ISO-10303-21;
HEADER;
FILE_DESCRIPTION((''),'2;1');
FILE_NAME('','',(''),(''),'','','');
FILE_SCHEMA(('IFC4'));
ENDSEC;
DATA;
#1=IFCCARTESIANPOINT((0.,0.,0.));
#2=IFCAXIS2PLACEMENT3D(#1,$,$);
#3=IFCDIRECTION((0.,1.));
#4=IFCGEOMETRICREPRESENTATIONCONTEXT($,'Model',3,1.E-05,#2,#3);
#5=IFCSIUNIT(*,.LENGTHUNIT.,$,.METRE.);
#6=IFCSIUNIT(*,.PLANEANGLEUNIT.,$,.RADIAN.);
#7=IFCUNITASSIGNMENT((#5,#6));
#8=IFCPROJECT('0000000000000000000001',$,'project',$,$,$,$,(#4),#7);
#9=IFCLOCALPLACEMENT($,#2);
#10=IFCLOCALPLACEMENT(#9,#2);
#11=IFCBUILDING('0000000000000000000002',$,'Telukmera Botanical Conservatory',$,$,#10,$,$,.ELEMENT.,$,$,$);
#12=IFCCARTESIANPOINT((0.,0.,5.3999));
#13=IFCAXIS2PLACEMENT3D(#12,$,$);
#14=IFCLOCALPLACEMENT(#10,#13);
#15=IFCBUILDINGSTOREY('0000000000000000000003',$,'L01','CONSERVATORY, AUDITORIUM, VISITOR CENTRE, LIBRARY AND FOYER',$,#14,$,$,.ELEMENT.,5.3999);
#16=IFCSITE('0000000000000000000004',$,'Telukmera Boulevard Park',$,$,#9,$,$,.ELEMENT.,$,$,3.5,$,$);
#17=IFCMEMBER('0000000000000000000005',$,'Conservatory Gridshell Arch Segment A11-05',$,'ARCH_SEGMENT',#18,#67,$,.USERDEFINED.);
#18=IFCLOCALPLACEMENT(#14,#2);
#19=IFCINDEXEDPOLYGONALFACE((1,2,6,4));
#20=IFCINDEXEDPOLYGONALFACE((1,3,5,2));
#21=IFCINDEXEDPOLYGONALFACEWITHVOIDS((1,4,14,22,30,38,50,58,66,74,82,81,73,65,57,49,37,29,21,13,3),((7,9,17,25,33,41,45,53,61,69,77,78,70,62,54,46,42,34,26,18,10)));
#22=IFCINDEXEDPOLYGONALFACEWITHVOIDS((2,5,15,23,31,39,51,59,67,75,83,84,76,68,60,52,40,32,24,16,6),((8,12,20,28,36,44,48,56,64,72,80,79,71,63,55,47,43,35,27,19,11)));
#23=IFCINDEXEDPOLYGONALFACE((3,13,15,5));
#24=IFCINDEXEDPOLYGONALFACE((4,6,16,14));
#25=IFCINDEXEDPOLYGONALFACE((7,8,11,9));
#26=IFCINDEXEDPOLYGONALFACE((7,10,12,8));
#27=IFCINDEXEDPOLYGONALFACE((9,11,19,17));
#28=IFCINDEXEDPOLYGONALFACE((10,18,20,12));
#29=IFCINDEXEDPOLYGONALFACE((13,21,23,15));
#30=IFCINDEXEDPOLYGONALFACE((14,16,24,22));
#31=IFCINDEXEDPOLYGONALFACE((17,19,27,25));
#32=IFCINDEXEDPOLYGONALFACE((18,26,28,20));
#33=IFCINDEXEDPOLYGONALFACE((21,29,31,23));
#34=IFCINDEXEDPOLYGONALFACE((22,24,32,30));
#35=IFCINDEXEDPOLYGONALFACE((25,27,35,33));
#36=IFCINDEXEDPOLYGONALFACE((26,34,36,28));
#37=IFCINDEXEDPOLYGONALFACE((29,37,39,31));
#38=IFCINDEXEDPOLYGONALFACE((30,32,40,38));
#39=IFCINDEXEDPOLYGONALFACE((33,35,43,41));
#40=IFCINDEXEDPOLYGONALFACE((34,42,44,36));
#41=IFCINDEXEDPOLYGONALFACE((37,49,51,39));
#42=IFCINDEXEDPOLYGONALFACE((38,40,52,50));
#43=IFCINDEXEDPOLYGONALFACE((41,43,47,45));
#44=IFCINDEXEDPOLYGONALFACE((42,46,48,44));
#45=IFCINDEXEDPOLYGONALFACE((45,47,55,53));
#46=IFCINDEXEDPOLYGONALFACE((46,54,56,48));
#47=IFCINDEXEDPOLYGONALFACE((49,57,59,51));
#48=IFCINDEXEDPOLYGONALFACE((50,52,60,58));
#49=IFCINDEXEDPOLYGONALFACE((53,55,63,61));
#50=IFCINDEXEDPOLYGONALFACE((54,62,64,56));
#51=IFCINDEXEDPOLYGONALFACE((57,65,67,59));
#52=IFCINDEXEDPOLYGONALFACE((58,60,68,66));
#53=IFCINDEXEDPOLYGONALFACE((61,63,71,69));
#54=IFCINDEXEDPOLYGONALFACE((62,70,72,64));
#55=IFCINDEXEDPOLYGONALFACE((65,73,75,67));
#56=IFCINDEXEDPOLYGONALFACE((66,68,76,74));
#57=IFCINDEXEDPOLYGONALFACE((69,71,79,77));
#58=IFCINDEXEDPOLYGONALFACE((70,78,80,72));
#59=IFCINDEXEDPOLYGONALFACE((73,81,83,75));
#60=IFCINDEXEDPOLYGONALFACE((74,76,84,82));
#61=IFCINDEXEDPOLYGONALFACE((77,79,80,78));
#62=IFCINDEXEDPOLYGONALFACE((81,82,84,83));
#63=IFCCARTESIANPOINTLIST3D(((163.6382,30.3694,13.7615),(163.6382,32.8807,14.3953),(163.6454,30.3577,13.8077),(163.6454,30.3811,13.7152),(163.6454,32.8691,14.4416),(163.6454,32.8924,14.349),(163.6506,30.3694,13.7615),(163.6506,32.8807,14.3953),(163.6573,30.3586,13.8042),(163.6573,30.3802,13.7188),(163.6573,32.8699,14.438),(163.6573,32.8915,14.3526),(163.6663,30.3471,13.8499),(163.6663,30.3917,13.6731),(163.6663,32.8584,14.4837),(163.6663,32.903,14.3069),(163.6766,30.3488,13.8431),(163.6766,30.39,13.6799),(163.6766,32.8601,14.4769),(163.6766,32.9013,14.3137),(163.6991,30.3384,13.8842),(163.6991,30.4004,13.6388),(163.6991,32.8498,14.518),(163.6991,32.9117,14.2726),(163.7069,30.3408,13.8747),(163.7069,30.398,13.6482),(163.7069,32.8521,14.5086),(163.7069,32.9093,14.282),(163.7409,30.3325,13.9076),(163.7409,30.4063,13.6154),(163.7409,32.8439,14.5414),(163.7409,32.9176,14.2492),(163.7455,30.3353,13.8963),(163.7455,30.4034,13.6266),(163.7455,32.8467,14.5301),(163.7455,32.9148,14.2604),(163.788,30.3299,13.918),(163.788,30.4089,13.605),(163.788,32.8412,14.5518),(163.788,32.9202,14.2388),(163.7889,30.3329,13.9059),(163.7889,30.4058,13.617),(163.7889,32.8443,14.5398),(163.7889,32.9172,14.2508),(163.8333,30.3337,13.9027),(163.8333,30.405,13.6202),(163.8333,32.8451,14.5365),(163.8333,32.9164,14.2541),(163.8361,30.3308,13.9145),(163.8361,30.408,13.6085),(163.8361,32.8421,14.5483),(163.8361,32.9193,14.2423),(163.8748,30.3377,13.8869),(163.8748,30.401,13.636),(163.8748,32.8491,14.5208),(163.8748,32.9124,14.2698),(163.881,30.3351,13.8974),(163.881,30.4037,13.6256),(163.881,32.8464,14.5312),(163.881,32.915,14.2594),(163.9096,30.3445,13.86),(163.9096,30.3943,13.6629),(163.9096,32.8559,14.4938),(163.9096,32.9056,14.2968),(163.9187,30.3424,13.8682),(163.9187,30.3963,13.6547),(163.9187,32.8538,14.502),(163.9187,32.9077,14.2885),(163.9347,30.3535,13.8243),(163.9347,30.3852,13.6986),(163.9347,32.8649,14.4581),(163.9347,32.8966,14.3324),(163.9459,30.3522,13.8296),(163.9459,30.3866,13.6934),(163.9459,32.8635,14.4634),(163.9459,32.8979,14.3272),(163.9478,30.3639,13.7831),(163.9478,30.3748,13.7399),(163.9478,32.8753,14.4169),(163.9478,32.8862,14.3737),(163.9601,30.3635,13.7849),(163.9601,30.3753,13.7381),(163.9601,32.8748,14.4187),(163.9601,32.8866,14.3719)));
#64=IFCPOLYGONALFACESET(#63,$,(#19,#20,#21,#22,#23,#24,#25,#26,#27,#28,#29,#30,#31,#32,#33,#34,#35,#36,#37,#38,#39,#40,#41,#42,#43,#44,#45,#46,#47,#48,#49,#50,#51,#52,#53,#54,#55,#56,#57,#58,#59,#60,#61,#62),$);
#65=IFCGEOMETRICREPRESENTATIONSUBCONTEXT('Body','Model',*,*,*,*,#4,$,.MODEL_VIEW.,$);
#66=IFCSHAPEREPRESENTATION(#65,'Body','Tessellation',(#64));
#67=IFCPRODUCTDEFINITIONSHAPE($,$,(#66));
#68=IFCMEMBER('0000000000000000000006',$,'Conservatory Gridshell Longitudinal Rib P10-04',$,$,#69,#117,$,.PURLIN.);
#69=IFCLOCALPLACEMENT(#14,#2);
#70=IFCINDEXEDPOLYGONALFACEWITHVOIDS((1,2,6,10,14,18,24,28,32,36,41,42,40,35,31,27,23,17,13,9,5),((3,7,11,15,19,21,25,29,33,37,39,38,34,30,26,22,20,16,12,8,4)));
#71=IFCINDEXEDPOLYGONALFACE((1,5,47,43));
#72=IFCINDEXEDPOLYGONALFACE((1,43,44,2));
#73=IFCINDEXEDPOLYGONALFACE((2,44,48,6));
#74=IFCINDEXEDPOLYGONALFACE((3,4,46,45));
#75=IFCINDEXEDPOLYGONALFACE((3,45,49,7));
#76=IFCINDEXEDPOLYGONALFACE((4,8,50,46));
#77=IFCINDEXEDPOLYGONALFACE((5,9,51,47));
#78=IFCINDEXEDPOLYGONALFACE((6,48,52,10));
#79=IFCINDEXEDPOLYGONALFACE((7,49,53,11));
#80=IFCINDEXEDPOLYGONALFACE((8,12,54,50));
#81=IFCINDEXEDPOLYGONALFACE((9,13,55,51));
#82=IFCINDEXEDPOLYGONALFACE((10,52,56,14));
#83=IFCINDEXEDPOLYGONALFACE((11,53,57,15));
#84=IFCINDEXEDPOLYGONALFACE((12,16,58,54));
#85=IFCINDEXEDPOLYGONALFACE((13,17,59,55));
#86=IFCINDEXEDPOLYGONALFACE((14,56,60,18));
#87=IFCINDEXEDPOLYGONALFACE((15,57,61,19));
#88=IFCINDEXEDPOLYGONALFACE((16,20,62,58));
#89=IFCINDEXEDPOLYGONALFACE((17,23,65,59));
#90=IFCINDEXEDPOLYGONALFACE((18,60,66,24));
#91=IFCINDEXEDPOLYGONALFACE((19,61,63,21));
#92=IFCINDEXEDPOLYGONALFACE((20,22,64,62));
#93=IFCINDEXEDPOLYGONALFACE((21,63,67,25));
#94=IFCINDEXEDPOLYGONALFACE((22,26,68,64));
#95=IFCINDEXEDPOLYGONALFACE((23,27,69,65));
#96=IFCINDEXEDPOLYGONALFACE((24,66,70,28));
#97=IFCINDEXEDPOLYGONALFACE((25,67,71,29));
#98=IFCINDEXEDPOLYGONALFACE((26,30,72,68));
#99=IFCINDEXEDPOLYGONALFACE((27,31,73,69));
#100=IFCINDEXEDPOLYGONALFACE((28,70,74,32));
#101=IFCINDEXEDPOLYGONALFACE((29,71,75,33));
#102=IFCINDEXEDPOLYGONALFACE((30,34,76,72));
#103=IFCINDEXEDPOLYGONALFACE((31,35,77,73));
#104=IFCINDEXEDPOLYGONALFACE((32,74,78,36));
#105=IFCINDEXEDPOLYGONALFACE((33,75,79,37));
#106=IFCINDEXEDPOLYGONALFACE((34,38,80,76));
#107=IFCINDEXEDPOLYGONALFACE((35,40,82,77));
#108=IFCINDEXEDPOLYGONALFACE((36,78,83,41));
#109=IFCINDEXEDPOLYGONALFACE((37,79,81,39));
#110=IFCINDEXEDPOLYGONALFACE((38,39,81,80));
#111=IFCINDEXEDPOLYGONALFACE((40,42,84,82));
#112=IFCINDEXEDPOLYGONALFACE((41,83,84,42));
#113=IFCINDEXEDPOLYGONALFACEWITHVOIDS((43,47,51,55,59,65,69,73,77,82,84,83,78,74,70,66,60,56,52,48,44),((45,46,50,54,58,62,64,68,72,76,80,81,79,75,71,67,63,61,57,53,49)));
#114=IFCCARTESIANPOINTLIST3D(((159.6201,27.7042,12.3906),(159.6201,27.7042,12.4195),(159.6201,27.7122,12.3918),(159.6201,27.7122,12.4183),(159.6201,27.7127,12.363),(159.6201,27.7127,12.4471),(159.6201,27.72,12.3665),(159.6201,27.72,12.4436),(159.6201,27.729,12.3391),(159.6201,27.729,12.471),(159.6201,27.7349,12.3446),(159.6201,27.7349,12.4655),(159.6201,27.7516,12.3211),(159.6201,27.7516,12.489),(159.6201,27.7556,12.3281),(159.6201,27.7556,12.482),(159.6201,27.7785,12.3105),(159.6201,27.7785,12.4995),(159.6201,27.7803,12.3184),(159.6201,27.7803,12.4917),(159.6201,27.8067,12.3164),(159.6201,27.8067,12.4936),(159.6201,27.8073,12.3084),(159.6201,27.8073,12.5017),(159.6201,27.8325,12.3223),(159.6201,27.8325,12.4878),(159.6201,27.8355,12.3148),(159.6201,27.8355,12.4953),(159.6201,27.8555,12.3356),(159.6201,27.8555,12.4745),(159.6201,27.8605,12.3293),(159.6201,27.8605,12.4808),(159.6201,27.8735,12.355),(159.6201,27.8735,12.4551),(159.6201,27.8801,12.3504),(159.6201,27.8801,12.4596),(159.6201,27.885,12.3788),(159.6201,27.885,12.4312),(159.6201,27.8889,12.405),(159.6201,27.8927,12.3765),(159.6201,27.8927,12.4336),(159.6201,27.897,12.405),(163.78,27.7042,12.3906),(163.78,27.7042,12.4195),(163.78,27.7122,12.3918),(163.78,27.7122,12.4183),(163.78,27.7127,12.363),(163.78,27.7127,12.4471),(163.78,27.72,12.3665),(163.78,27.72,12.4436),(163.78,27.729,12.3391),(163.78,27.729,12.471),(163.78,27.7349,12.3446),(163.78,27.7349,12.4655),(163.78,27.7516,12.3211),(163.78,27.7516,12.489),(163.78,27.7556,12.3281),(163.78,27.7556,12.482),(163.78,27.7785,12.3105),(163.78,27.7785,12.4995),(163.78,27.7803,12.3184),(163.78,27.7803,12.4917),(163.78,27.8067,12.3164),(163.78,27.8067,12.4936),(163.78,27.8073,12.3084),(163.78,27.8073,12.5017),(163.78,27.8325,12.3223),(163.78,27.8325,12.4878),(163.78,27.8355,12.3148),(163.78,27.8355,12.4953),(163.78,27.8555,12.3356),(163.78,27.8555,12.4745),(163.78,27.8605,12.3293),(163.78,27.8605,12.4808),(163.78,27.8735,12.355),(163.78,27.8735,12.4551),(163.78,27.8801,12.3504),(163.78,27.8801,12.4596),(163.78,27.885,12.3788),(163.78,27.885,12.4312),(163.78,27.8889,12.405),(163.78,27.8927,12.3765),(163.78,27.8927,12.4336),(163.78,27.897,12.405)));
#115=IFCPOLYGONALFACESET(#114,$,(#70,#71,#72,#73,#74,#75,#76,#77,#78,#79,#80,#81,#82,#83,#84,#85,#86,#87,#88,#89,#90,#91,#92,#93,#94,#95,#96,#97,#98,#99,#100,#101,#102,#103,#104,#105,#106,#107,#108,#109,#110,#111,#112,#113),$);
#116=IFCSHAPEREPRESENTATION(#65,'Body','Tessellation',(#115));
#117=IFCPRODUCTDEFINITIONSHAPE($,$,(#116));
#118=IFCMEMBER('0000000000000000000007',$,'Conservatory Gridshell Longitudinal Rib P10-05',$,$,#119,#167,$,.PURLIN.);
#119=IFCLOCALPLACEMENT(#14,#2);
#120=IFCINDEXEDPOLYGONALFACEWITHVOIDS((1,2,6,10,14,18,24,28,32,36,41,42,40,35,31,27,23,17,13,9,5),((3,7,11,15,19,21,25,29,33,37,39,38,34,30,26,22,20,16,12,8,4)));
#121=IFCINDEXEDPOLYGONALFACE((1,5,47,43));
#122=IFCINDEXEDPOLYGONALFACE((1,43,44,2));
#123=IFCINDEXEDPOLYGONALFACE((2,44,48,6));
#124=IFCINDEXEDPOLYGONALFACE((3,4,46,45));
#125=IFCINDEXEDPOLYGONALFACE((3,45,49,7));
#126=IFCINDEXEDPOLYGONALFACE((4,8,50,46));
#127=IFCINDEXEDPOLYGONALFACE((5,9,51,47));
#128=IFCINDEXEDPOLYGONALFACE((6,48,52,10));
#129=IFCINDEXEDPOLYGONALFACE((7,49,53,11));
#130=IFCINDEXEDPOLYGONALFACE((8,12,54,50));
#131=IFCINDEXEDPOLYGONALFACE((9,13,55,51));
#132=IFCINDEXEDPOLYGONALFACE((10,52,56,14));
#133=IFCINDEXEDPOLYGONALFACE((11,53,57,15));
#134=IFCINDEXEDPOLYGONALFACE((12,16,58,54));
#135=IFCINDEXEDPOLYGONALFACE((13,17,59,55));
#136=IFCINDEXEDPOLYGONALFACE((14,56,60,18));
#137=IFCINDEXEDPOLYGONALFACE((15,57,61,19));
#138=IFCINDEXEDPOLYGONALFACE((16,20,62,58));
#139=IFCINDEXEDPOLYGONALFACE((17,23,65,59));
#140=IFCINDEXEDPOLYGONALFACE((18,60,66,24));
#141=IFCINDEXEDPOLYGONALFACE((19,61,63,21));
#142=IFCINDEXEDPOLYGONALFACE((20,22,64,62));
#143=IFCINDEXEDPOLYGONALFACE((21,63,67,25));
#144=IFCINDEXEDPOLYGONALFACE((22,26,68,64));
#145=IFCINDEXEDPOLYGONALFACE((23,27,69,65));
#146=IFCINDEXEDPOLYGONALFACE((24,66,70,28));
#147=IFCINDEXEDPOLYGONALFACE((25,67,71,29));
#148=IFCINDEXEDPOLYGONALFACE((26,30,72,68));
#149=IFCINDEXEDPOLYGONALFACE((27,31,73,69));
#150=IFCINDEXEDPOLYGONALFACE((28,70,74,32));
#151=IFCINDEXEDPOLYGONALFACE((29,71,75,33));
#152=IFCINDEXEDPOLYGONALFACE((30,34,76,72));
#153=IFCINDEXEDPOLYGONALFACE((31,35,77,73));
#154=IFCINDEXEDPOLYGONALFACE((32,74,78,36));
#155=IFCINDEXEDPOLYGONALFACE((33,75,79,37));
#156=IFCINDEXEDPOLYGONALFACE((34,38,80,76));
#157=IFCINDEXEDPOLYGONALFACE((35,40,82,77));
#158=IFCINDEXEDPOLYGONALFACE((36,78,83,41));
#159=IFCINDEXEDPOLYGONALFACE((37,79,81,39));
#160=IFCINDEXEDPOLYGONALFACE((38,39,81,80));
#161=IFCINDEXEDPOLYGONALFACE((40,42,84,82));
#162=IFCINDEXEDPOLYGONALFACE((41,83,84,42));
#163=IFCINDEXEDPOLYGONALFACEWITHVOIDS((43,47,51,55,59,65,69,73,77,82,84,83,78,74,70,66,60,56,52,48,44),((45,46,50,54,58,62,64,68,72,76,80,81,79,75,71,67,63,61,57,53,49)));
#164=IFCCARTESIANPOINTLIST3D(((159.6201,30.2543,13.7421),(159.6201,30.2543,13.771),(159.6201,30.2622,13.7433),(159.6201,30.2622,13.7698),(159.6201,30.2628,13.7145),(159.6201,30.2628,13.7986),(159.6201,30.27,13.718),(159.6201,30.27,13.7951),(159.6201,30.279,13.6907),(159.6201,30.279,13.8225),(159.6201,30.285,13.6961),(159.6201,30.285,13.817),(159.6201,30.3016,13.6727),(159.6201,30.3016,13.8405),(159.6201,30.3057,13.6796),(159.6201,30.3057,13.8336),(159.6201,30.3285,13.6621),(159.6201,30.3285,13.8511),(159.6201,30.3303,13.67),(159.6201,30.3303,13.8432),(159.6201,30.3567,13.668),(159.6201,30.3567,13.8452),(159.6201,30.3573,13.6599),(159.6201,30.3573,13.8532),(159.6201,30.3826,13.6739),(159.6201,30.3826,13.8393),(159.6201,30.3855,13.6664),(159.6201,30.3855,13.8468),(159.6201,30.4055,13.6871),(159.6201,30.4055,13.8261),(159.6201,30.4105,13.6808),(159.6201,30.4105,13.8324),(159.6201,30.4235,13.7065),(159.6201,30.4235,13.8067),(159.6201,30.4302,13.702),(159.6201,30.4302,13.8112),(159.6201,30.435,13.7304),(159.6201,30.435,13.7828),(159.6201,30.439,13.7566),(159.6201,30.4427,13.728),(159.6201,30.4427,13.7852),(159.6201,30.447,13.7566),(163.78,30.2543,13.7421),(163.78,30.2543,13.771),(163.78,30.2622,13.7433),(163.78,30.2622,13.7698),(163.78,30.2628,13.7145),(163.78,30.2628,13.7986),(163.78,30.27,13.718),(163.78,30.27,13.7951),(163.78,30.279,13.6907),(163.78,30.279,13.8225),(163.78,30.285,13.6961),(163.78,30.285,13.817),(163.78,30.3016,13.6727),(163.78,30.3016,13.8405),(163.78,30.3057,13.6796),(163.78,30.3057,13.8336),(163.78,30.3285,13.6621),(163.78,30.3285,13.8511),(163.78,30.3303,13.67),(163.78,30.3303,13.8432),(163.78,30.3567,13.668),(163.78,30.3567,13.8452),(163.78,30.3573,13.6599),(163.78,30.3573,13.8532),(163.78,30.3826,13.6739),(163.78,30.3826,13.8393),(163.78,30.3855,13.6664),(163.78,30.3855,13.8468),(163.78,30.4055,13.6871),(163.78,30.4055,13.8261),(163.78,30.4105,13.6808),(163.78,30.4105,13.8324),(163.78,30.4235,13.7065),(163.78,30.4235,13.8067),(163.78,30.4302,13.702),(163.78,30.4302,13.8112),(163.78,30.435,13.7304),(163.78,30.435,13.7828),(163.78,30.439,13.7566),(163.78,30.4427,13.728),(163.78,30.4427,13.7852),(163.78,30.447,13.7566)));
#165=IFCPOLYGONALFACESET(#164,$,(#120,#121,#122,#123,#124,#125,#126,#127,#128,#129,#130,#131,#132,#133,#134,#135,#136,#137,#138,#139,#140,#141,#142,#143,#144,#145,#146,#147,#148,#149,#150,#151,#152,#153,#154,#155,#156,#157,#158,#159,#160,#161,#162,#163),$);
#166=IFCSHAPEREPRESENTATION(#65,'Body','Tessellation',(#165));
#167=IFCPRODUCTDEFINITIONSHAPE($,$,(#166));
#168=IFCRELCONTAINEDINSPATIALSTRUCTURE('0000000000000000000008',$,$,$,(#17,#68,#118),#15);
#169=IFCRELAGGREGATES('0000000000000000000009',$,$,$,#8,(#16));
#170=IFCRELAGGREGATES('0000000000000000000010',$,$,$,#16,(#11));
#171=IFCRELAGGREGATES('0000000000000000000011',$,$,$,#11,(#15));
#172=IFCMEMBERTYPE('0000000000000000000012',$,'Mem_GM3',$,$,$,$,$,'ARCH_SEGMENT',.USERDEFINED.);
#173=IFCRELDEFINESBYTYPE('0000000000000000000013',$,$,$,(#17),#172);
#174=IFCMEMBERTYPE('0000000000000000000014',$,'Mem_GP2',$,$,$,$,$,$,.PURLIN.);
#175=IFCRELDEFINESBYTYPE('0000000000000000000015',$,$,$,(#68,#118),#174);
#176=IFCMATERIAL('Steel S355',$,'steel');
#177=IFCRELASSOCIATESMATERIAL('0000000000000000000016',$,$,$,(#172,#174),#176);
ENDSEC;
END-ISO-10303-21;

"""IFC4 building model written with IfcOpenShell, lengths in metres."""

from ifc_helpers import new_model, si_unit, direction, frame, origin, origin_2d, place, context, subcontext, project, spatial, hollow_circle, extrude, material, material_profile, profile_set, type_object, element, save


model = new_model("IFC4")

# Units and contexts
model_context = context("Model", 3, precision=1e-05, world=origin(), true_north=direction((0.0, 1.0)))
body_context = subcontext(model_context, "Body", "Model", "MODEL_VIEW")
ifc_project = project(units=[si_unit("LENGTHUNIT", "METRE"), si_unit("PLANEANGLEUNIT", "RADIAN")], contexts=[model_context])

# Site, building, storey
site_placement = place(None, origin())
site = spatial("IfcSite", under=ifc_project, at=site_placement, Name="Telukmera Boulevard Park", CompositionType="ELEMENT", RefElevation=3.5)
building_placement = place(site_placement, origin())
building = spatial("IfcBuilding", under=site, at=building_placement, Name="Telukmera Botanical Conservatory", CompositionType="ELEMENT")
storey_placement = place(building_placement, frame((0.0, 0.0, 5.3999)))
storey = spatial("IfcBuildingStorey", under=building, at=storey_placement, Name="L01", Description="CONSERVATORY, AUDITORIUM, VISITOR CENTRE, LIBRARY AND FOYER", CompositionType="ELEMENT", Elevation=5.3999)

# Shared definitions
ifc_material = material(Name="Steel S355", Category="steel")

# Members
ifc_material_profile_1 = material_profile(ifc_material, hollow_circle(Radius=0.1619, WallThickness=0.0125, at=origin_2d()), Name="CHS 323.9x12.5")
ifc_profile_set_1 = profile_set([ifc_material_profile_1], Name="Steel S355")
member_type_1 = type_object("IfcMemberType", Name="Mem_GM3", ElementType="ARCH_SEGMENT", PredefinedType="USERDEFINED", material=ifc_profile_set_1)
member_1_placement = place(storey_placement, frame((163.8, 30.3694, 13.7615), z_axis=(0.0, 0.969597, 0.244709), x_axis=(-1.0, 0.0, 0.0)))
element("IfcMember", 1, at=member_1_placement, inside=storey, type_object=member_type_1, Name="Conservatory Gridshell Arch Segment A11-05", ObjectType="ARCH_SEGMENT", PredefinedType="USERDEFINED", context=body_context, shape_type="SweptSolid", body=[
    extrude(hollow_circle(Radius=0.1619, WallThickness=0.0125, at=origin_2d()), origin(), (0.0, 0.0, 1.0), 2.5901),
])
ifc_material_profile_2 = material_profile(ifc_material, hollow_circle(Radius=0.0969, WallThickness=0.0081, at=origin_2d()), Name="CHS 193.7x8.0")
ifc_profile_set_2 = profile_set([ifc_material_profile_2], Name="Steel S355")
member_type_2 = type_object("IfcMemberType", Name="Mem_GP2", PredefinedType="PURLIN", material=ifc_profile_set_2)
for number, where, z_axis, x_axis, name in (
    (2, (159.6201, 27.8, 12.405), (1.0, 0.0, 0.0), (0.0, 1.0, 0.0), "Conservatory Gridshell Longitudinal Rib P10-04"),
    (3, (159.6201, 30.3501, 13.7566), (1.0, 0.0, 0.0), (0.0, 1.0, 0.0), "Conservatory Gridshell Longitudinal Rib P10-05"),
):
    element("IfcMember", number, at=place(storey_placement, frame(where, z_axis=z_axis, x_axis=x_axis)), inside=storey, type_object=member_type_2, Name=name, PredefinedType="PURLIN", context=body_context, shape_type="SweptSolid", body=[
        extrude(hollow_circle(Radius=0.0969, WallThickness=0.0081, at=origin_2d()), origin(), (0.0, 0.0, 1.0), 4.1599),
    ])

save(model, "model.ifc")
